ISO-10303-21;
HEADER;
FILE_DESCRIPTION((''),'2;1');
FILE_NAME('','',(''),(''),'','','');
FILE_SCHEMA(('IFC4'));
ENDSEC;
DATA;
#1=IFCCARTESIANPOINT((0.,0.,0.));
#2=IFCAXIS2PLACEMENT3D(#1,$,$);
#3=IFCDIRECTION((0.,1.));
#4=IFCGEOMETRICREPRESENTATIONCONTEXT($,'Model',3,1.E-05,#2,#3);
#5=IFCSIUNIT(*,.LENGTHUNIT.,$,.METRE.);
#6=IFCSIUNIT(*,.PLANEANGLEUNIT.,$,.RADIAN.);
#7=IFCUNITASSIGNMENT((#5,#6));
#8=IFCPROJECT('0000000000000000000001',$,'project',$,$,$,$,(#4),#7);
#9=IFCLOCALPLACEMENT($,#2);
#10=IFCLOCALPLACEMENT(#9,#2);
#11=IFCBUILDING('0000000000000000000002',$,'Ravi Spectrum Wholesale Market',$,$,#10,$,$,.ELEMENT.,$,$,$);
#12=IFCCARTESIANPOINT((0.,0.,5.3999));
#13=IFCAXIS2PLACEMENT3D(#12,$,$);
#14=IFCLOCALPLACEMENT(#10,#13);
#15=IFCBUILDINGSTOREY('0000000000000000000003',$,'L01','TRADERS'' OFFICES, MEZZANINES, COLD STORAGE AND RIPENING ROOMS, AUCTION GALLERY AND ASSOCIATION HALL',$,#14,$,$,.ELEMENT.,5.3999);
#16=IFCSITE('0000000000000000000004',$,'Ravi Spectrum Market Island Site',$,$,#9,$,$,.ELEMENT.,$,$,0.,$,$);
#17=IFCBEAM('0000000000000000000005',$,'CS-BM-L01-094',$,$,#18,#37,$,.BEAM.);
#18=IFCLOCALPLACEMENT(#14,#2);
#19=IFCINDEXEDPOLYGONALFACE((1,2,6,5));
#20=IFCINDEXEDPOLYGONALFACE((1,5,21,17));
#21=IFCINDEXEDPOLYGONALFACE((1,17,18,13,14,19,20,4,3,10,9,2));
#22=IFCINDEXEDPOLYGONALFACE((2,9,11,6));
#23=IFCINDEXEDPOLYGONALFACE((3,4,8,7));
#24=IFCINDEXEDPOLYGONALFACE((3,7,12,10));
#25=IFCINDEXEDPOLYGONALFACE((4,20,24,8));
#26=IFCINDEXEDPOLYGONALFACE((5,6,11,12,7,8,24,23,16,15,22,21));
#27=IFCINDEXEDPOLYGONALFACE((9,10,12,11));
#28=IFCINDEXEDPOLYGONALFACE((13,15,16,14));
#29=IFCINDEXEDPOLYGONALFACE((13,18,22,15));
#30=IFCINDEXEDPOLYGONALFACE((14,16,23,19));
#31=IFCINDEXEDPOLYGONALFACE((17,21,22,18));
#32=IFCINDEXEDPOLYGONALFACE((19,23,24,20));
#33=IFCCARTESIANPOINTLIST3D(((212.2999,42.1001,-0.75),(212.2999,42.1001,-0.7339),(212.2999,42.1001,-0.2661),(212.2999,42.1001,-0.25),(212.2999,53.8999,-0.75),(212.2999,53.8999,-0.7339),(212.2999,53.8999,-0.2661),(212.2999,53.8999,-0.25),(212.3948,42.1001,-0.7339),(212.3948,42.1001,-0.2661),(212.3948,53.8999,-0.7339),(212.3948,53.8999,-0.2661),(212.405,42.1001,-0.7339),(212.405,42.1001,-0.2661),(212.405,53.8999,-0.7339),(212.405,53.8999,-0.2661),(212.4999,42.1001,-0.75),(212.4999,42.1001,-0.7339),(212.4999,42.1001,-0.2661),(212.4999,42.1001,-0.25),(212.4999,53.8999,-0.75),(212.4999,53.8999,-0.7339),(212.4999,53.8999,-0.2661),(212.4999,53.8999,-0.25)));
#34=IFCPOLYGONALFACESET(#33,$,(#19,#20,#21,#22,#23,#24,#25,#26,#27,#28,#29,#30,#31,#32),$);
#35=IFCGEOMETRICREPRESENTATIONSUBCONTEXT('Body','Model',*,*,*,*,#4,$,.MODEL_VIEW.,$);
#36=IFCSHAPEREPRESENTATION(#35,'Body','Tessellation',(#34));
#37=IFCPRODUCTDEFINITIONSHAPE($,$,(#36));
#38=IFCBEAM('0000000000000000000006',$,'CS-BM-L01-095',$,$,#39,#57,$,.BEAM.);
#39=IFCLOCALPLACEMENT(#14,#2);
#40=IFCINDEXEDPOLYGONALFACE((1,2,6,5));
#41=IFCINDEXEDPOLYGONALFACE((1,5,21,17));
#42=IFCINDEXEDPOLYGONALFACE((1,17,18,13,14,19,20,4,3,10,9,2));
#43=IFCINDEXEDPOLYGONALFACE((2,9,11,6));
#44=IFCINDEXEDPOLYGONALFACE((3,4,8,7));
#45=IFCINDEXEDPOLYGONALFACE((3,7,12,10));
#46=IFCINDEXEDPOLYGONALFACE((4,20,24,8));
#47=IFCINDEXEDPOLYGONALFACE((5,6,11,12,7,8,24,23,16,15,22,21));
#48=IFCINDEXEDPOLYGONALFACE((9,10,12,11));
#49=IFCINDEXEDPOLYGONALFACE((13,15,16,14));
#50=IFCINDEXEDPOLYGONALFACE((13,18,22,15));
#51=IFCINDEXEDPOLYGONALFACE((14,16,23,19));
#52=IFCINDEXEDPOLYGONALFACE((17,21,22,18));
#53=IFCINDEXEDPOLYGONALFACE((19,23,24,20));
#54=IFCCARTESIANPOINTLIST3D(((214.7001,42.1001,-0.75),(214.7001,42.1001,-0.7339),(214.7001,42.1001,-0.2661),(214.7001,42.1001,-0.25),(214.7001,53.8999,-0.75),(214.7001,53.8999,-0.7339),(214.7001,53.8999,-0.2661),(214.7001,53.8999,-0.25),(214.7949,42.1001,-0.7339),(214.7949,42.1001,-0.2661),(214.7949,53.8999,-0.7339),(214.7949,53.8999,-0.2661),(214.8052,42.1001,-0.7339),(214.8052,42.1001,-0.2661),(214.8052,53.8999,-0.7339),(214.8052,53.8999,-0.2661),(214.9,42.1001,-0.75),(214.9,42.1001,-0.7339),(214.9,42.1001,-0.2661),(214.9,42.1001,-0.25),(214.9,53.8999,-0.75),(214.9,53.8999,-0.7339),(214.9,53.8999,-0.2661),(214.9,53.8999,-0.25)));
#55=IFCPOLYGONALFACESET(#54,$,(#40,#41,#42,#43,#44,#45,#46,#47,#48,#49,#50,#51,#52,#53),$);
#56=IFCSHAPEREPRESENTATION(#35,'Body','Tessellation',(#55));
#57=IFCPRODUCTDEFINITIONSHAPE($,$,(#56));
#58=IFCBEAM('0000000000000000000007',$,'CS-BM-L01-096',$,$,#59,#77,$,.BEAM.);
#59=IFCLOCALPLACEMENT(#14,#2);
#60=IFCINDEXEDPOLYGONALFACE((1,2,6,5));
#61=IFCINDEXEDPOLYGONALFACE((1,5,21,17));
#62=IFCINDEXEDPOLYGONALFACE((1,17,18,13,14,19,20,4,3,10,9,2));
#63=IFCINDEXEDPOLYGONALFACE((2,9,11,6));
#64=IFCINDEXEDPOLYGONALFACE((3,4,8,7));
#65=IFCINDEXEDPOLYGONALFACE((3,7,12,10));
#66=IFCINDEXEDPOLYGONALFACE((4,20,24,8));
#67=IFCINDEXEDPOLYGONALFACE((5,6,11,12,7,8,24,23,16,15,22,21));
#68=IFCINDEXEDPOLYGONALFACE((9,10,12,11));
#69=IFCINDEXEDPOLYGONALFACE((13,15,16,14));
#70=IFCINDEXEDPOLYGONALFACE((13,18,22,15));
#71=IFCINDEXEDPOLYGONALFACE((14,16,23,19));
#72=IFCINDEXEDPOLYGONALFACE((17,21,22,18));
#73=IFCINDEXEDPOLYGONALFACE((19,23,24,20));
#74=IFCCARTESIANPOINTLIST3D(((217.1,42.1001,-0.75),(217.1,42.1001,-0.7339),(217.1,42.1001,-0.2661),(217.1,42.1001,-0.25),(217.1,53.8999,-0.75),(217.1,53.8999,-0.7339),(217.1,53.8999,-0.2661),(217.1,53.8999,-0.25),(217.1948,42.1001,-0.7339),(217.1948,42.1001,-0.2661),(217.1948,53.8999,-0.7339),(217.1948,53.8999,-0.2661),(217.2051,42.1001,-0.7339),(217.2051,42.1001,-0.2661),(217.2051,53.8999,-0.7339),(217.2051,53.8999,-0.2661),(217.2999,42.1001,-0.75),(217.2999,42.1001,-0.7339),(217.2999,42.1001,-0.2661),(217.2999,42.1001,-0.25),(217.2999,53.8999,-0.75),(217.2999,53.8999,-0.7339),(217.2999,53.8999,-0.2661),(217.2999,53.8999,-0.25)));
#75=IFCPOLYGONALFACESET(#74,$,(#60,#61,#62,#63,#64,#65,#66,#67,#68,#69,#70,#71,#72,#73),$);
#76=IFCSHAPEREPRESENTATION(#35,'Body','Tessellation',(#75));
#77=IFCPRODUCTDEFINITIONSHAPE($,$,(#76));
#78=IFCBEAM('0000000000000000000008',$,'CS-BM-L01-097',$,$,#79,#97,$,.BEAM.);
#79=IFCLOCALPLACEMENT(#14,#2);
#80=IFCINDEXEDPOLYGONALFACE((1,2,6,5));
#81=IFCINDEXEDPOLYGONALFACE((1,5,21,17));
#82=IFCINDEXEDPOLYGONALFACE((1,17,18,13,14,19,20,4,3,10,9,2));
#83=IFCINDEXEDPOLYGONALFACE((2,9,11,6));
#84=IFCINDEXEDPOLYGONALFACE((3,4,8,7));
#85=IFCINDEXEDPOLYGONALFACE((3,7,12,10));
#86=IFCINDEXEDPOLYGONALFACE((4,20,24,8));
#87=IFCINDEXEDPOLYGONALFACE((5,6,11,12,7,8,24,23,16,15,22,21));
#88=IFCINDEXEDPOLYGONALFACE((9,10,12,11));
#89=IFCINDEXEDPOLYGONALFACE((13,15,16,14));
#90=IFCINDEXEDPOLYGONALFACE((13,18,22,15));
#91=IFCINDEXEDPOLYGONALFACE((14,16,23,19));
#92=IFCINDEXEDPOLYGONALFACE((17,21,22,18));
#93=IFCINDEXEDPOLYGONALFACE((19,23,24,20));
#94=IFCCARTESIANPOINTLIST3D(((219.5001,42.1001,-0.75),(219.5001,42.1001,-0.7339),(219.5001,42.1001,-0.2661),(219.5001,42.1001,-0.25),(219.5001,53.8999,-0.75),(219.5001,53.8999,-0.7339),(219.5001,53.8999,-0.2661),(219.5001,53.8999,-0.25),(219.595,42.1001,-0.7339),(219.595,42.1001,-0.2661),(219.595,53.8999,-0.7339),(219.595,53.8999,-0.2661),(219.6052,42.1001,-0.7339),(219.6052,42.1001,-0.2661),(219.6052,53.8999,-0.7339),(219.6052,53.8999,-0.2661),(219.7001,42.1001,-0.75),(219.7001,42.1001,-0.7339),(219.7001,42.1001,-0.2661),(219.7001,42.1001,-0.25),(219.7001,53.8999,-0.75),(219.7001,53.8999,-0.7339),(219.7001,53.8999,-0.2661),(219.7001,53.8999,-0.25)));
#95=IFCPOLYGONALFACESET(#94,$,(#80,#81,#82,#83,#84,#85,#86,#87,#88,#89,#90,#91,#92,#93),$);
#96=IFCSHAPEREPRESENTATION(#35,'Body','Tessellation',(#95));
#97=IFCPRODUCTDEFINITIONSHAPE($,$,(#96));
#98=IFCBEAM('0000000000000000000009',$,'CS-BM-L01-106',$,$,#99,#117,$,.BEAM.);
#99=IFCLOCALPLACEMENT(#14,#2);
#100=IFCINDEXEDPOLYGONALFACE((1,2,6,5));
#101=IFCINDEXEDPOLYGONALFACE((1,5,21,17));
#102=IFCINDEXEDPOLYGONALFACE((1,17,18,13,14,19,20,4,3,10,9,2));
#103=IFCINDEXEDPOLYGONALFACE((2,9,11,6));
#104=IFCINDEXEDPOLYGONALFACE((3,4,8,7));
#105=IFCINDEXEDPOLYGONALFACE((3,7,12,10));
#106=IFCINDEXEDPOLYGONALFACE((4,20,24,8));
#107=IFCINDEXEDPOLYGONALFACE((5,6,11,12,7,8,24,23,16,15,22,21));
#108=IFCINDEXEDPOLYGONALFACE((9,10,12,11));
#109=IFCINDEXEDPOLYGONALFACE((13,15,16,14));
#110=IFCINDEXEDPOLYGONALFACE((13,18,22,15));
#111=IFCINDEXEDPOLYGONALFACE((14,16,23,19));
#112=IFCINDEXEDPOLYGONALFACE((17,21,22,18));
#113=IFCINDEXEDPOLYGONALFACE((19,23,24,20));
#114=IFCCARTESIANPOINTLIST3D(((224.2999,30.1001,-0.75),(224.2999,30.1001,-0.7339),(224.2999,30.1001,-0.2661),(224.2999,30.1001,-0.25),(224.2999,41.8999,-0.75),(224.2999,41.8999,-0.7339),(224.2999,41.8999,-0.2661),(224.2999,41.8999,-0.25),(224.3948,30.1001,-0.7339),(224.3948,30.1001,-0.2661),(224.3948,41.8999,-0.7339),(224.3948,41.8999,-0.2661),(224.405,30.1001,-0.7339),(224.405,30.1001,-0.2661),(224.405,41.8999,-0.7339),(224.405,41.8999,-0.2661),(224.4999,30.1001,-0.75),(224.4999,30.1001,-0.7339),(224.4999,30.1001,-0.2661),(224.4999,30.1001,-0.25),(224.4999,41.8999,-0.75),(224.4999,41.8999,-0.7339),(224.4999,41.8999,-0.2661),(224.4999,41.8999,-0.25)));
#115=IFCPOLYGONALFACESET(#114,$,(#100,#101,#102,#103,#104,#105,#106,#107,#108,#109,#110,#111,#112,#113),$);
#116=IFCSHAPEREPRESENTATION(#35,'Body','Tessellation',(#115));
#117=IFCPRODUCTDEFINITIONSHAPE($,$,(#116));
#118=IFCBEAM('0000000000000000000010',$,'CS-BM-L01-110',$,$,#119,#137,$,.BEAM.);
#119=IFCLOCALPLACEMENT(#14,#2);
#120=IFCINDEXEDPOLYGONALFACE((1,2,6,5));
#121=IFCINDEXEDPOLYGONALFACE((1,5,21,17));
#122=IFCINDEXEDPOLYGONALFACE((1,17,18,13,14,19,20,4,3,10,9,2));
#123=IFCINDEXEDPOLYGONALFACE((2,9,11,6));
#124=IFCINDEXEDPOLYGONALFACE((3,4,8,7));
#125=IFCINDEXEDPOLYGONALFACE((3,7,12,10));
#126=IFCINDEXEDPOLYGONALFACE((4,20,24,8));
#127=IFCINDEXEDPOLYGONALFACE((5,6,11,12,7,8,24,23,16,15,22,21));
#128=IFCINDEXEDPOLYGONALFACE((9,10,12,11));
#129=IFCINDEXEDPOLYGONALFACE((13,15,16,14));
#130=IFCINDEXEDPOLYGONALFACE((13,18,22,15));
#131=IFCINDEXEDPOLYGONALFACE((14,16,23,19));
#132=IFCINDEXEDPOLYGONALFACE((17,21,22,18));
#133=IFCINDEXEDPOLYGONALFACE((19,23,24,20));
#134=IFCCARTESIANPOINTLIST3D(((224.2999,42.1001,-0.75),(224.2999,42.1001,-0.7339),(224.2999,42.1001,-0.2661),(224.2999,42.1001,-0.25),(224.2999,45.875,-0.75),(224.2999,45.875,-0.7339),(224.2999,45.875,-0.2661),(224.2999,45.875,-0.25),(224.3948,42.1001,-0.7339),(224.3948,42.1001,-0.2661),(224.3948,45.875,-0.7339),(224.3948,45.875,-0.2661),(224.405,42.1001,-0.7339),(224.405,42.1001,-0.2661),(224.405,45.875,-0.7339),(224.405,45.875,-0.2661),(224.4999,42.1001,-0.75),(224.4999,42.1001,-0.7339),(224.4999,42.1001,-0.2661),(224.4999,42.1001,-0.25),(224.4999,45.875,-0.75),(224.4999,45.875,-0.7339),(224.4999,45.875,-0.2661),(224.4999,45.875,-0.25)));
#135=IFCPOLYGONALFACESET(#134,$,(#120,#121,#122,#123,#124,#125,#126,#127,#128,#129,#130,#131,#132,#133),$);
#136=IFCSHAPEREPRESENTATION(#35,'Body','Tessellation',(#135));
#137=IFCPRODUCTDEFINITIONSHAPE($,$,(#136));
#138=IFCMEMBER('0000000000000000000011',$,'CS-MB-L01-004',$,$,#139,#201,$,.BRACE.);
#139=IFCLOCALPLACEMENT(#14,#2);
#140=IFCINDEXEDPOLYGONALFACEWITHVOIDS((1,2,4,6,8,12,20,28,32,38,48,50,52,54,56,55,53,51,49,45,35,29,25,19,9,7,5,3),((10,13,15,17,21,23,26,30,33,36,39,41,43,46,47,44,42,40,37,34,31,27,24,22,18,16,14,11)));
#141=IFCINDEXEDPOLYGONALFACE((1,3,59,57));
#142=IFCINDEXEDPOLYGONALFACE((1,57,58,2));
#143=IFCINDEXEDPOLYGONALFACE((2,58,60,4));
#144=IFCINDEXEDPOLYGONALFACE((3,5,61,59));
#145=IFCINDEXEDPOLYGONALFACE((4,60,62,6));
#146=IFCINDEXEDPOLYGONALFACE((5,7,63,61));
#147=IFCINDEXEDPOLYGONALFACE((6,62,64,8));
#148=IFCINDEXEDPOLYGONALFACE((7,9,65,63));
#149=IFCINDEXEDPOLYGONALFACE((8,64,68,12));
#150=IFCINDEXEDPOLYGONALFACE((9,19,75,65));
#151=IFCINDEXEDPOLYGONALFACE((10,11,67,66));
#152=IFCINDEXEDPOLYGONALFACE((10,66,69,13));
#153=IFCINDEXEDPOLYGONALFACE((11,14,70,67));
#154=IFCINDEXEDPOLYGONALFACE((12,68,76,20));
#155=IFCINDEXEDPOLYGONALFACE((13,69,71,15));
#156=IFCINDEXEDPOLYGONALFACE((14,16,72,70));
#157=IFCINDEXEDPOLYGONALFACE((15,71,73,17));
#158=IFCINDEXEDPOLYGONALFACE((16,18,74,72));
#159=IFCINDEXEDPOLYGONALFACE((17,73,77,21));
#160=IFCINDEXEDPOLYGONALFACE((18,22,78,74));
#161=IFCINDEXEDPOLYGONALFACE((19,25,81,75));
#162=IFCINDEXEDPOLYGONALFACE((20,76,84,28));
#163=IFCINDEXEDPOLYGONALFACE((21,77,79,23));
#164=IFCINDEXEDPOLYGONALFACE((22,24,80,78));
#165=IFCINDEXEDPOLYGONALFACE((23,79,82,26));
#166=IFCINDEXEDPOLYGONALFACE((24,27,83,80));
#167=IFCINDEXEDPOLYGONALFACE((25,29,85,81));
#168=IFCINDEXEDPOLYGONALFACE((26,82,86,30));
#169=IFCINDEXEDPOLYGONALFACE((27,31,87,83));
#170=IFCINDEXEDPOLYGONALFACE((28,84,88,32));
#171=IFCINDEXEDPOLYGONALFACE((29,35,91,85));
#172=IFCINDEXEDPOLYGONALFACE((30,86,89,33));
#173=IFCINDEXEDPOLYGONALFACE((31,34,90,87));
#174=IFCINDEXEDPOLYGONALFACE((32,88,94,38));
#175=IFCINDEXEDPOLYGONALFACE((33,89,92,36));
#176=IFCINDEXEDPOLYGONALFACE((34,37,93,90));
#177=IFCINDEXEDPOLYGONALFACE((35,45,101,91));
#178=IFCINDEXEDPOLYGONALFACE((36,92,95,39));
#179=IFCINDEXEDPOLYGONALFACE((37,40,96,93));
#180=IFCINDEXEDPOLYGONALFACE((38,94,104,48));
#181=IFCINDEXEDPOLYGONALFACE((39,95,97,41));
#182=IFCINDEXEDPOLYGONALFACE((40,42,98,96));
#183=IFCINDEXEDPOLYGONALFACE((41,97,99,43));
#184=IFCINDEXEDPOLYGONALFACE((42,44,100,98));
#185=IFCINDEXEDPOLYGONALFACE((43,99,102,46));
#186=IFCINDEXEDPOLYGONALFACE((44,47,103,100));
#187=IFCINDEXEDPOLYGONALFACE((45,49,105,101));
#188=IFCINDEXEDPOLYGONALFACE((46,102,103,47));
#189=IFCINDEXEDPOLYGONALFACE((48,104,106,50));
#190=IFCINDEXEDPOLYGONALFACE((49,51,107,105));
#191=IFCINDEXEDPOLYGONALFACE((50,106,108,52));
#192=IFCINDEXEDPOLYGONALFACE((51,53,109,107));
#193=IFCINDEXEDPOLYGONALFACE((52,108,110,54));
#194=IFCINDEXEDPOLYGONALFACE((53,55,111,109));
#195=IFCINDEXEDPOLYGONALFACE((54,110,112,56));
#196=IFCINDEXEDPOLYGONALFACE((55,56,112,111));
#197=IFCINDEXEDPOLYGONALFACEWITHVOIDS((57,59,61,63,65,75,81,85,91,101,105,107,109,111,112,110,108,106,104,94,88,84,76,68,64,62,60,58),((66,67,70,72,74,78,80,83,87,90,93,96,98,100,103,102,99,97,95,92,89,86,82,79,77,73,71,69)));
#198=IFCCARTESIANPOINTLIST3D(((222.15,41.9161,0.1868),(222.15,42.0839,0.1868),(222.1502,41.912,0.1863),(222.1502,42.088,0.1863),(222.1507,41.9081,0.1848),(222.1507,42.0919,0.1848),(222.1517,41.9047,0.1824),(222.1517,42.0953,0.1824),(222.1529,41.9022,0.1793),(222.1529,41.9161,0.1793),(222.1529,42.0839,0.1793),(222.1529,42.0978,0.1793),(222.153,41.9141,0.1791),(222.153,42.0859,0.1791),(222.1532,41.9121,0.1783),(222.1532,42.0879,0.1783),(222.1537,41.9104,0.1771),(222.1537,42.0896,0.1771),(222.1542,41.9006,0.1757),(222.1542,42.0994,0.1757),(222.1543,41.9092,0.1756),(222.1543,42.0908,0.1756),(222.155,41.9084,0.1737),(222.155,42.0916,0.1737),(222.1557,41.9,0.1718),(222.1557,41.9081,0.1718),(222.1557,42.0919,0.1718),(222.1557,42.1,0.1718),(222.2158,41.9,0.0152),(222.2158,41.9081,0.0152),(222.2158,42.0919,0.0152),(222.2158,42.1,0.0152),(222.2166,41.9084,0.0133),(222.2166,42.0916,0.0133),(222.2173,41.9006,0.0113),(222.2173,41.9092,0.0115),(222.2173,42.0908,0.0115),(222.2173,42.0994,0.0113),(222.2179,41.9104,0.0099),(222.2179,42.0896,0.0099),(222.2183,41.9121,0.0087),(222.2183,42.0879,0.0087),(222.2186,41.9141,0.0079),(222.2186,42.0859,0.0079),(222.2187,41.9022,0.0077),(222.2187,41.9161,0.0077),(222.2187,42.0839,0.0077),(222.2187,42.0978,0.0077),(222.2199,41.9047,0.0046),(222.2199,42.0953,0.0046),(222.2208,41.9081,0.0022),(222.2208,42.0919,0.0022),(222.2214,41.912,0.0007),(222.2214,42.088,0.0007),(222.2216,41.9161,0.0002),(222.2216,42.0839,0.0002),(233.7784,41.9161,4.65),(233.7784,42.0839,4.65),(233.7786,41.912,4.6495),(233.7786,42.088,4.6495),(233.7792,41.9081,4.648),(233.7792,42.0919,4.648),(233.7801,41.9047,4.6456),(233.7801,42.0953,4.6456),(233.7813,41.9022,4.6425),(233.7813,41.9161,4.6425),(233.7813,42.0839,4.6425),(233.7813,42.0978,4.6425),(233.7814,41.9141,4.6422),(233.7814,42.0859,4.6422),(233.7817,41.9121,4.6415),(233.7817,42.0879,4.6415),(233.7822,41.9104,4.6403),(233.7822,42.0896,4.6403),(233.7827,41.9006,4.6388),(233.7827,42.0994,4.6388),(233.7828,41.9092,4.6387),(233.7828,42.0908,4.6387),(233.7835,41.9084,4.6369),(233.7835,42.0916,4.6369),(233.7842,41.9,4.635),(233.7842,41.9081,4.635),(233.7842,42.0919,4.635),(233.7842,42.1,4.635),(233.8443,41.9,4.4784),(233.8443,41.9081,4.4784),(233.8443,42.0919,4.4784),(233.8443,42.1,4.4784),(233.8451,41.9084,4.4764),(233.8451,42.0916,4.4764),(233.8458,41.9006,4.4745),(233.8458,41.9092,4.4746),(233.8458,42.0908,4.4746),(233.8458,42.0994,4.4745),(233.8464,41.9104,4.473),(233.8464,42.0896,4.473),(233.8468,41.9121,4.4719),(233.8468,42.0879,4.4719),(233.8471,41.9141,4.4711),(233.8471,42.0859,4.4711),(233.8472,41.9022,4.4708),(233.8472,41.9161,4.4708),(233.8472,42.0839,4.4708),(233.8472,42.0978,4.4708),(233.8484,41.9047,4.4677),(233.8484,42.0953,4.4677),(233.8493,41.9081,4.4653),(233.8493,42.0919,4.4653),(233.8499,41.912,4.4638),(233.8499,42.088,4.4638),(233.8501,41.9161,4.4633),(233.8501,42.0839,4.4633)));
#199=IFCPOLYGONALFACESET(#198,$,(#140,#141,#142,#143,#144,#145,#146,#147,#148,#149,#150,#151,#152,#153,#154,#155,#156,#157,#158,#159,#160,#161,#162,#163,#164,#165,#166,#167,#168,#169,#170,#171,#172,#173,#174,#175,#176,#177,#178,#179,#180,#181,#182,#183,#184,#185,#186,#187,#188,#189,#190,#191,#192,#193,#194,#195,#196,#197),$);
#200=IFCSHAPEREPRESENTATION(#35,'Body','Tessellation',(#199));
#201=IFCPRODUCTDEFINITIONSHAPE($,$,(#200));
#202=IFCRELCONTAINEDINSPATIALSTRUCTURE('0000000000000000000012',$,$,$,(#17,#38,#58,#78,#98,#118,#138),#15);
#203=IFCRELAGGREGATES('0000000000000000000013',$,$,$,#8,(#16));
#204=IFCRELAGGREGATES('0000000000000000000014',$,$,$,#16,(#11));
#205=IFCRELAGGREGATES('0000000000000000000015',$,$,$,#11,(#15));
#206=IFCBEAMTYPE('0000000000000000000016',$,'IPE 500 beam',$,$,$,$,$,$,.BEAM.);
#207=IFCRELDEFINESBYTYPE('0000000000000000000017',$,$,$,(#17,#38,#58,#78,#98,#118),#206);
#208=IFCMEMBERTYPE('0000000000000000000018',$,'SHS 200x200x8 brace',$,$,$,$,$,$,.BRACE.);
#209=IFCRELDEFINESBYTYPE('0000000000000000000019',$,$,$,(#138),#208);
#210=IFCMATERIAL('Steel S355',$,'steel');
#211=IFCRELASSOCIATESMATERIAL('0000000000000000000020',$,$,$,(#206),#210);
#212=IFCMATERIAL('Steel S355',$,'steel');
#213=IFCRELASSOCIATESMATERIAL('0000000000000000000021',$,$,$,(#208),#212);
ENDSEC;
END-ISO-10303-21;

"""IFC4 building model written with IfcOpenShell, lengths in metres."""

from ifc_helpers import new_model, si_unit, direction, frame, origin, origin_2d, place, context, subcontext, project, spatial, hollow_rectangle, i_section, extrude, material, material_profile, profile_set, type_object, element, save


model = new_model("IFC4")

# Units and contexts
model_context = context("Model", 3, precision=1e-05, world=origin(), true_north=direction((0.0, 1.0)))
body_context = subcontext(model_context, "Body", "Model", "MODEL_VIEW")
ifc_project = project(units=[si_unit("LENGTHUNIT", "METRE"), si_unit("PLANEANGLEUNIT", "RADIAN")], contexts=[model_context])

# Site, building, storey
site_placement = place(None, origin())
site = spatial("IfcSite", under=ifc_project, at=site_placement, Name="Ravi Spectrum Market Island Site", CompositionType="ELEMENT", RefElevation=0.0)
building_placement = place(site_placement, origin())
building = spatial("IfcBuilding", under=site, at=building_placement, Name="Ravi Spectrum Wholesale Market", CompositionType="ELEMENT")
storey_placement = place(building_placement, frame((0.0, 0.0, 5.3999)))
storey = spatial("IfcBuildingStorey", under=building, at=storey_placement, Name="L01", Description="TRADERS' OFFICES, MEZZANINES, COLD STORAGE AND RIPENING ROOMS, AUCTION GALLERY AND ASSOCIATION HALL", CompositionType="ELEMENT", Elevation=5.3999)

# Beams
ifc_material_1 = material(Name="Steel S355", Category="steel")
ifc_material_profile_1 = material_profile(ifc_material_1, i_section(OverallWidth=0.2, OverallDepth=0.5, WebThickness=0.0103, FlangeThickness=0.0161, at=origin_2d()))
ifc_profile_set_1 = profile_set([ifc_material_profile_1], Name="Steel S355")
beam_type_1 = type_object("IfcBeamType", Name="IPE 500 beam", PredefinedType="BEAM", material=ifc_profile_set_1)
for number, where, z_axis, x_axis, name in (
    (1, (212.3999, 42.1001, -0.5), (0.0, 1.0, 0.0), (-1.0, 0.0, 0.0), "CS-BM-L01-094"),
    (2, (214.8, 42.1001, -0.5), (0.0, 1.0, 0.0), (-1.0, 0.0, 0.0), "CS-BM-L01-095"),
    (3, (217.2, 42.1001, -0.5), (0.0, 1.0, 0.0), (-1.0, 0.0, 0.0), "CS-BM-L01-096"),
    (4, (219.6001, 42.1001, -0.5), (0.0, 1.0, 0.0), (-1.0, 0.0, 0.0), "CS-BM-L01-097"),
    (5, (224.3999, 30.1001, -0.5), (0.0, 1.0, 0.0), (-1.0, 0.0, 0.0), "CS-BM-L01-106"),
):
    element("IfcBeam", number, at=place(storey_placement, frame(where, z_axis=z_axis, x_axis=x_axis)), inside=storey, type_object=beam_type_1, Name=name, PredefinedType="BEAM", context=body_context, shape_type="SweptSolid", body=[
        extrude(i_section(OverallWidth=0.2, OverallDepth=0.5, WebThickness=0.0103, FlangeThickness=0.0161, at=origin_2d()), origin(), (0.0, 0.0, 1.0), 11.7998),
    ])
beam_1_placement = place(storey_placement, frame((224.3999, 42.1001, -0.5), z_axis=(0.0, 1.0, 0.0), x_axis=(-1.0, 0.0, 0.0)))
element("IfcBeam", 6, at=beam_1_placement, inside=storey, type_object=beam_type_1, Name="CS-BM-L01-110", PredefinedType="BEAM", context=body_context, shape_type="SweptSolid", body=[
    extrude(i_section(OverallWidth=0.2, OverallDepth=0.5, WebThickness=0.0103, FlangeThickness=0.0161, at=origin_2d()), origin(), (0.0, 0.0, 1.0), 3.7749),
])

# Member
ifc_material_2 = material(Name="Steel S355", Category="steel")
ifc_material_profile_2 = material_profile(ifc_material_2, hollow_rectangle(XDim=0.2, YDim=0.2, WallThickness=0.0081, InnerFilletRadius=0.0081, OuterFilletRadius=0.0161, at=origin_2d()))
ifc_profile_set_2 = profile_set([ifc_material_profile_2], Name="Steel S355")
member_type = type_object("IfcMemberType", Name="SHS 200x200x8 brace", PredefinedType="BRACE", material=ifc_profile_set_2)
member_placement = place(storey_placement, frame((222.1858, 42.0, 0.0935), z_axis=(0.933596, 0.0, 0.358326), x_axis=(0.0, 1.0, 0.0)))
element("IfcMember", 7, at=member_placement, inside=storey, type_object=member_type, Name="CS-MB-L01-004", PredefinedType="BRACE", context=body_context, shape_type="SweptSolid", body=[
    extrude(hollow_rectangle(XDim=0.2, YDim=0.2, WallThickness=0.0081, InnerFilletRadius=0.0081, OuterFilletRadius=0.0161, at=origin_2d()), origin(), (0.0, 0.0, 1.0), 12.4556),
])

save(model, "model.ifc")
